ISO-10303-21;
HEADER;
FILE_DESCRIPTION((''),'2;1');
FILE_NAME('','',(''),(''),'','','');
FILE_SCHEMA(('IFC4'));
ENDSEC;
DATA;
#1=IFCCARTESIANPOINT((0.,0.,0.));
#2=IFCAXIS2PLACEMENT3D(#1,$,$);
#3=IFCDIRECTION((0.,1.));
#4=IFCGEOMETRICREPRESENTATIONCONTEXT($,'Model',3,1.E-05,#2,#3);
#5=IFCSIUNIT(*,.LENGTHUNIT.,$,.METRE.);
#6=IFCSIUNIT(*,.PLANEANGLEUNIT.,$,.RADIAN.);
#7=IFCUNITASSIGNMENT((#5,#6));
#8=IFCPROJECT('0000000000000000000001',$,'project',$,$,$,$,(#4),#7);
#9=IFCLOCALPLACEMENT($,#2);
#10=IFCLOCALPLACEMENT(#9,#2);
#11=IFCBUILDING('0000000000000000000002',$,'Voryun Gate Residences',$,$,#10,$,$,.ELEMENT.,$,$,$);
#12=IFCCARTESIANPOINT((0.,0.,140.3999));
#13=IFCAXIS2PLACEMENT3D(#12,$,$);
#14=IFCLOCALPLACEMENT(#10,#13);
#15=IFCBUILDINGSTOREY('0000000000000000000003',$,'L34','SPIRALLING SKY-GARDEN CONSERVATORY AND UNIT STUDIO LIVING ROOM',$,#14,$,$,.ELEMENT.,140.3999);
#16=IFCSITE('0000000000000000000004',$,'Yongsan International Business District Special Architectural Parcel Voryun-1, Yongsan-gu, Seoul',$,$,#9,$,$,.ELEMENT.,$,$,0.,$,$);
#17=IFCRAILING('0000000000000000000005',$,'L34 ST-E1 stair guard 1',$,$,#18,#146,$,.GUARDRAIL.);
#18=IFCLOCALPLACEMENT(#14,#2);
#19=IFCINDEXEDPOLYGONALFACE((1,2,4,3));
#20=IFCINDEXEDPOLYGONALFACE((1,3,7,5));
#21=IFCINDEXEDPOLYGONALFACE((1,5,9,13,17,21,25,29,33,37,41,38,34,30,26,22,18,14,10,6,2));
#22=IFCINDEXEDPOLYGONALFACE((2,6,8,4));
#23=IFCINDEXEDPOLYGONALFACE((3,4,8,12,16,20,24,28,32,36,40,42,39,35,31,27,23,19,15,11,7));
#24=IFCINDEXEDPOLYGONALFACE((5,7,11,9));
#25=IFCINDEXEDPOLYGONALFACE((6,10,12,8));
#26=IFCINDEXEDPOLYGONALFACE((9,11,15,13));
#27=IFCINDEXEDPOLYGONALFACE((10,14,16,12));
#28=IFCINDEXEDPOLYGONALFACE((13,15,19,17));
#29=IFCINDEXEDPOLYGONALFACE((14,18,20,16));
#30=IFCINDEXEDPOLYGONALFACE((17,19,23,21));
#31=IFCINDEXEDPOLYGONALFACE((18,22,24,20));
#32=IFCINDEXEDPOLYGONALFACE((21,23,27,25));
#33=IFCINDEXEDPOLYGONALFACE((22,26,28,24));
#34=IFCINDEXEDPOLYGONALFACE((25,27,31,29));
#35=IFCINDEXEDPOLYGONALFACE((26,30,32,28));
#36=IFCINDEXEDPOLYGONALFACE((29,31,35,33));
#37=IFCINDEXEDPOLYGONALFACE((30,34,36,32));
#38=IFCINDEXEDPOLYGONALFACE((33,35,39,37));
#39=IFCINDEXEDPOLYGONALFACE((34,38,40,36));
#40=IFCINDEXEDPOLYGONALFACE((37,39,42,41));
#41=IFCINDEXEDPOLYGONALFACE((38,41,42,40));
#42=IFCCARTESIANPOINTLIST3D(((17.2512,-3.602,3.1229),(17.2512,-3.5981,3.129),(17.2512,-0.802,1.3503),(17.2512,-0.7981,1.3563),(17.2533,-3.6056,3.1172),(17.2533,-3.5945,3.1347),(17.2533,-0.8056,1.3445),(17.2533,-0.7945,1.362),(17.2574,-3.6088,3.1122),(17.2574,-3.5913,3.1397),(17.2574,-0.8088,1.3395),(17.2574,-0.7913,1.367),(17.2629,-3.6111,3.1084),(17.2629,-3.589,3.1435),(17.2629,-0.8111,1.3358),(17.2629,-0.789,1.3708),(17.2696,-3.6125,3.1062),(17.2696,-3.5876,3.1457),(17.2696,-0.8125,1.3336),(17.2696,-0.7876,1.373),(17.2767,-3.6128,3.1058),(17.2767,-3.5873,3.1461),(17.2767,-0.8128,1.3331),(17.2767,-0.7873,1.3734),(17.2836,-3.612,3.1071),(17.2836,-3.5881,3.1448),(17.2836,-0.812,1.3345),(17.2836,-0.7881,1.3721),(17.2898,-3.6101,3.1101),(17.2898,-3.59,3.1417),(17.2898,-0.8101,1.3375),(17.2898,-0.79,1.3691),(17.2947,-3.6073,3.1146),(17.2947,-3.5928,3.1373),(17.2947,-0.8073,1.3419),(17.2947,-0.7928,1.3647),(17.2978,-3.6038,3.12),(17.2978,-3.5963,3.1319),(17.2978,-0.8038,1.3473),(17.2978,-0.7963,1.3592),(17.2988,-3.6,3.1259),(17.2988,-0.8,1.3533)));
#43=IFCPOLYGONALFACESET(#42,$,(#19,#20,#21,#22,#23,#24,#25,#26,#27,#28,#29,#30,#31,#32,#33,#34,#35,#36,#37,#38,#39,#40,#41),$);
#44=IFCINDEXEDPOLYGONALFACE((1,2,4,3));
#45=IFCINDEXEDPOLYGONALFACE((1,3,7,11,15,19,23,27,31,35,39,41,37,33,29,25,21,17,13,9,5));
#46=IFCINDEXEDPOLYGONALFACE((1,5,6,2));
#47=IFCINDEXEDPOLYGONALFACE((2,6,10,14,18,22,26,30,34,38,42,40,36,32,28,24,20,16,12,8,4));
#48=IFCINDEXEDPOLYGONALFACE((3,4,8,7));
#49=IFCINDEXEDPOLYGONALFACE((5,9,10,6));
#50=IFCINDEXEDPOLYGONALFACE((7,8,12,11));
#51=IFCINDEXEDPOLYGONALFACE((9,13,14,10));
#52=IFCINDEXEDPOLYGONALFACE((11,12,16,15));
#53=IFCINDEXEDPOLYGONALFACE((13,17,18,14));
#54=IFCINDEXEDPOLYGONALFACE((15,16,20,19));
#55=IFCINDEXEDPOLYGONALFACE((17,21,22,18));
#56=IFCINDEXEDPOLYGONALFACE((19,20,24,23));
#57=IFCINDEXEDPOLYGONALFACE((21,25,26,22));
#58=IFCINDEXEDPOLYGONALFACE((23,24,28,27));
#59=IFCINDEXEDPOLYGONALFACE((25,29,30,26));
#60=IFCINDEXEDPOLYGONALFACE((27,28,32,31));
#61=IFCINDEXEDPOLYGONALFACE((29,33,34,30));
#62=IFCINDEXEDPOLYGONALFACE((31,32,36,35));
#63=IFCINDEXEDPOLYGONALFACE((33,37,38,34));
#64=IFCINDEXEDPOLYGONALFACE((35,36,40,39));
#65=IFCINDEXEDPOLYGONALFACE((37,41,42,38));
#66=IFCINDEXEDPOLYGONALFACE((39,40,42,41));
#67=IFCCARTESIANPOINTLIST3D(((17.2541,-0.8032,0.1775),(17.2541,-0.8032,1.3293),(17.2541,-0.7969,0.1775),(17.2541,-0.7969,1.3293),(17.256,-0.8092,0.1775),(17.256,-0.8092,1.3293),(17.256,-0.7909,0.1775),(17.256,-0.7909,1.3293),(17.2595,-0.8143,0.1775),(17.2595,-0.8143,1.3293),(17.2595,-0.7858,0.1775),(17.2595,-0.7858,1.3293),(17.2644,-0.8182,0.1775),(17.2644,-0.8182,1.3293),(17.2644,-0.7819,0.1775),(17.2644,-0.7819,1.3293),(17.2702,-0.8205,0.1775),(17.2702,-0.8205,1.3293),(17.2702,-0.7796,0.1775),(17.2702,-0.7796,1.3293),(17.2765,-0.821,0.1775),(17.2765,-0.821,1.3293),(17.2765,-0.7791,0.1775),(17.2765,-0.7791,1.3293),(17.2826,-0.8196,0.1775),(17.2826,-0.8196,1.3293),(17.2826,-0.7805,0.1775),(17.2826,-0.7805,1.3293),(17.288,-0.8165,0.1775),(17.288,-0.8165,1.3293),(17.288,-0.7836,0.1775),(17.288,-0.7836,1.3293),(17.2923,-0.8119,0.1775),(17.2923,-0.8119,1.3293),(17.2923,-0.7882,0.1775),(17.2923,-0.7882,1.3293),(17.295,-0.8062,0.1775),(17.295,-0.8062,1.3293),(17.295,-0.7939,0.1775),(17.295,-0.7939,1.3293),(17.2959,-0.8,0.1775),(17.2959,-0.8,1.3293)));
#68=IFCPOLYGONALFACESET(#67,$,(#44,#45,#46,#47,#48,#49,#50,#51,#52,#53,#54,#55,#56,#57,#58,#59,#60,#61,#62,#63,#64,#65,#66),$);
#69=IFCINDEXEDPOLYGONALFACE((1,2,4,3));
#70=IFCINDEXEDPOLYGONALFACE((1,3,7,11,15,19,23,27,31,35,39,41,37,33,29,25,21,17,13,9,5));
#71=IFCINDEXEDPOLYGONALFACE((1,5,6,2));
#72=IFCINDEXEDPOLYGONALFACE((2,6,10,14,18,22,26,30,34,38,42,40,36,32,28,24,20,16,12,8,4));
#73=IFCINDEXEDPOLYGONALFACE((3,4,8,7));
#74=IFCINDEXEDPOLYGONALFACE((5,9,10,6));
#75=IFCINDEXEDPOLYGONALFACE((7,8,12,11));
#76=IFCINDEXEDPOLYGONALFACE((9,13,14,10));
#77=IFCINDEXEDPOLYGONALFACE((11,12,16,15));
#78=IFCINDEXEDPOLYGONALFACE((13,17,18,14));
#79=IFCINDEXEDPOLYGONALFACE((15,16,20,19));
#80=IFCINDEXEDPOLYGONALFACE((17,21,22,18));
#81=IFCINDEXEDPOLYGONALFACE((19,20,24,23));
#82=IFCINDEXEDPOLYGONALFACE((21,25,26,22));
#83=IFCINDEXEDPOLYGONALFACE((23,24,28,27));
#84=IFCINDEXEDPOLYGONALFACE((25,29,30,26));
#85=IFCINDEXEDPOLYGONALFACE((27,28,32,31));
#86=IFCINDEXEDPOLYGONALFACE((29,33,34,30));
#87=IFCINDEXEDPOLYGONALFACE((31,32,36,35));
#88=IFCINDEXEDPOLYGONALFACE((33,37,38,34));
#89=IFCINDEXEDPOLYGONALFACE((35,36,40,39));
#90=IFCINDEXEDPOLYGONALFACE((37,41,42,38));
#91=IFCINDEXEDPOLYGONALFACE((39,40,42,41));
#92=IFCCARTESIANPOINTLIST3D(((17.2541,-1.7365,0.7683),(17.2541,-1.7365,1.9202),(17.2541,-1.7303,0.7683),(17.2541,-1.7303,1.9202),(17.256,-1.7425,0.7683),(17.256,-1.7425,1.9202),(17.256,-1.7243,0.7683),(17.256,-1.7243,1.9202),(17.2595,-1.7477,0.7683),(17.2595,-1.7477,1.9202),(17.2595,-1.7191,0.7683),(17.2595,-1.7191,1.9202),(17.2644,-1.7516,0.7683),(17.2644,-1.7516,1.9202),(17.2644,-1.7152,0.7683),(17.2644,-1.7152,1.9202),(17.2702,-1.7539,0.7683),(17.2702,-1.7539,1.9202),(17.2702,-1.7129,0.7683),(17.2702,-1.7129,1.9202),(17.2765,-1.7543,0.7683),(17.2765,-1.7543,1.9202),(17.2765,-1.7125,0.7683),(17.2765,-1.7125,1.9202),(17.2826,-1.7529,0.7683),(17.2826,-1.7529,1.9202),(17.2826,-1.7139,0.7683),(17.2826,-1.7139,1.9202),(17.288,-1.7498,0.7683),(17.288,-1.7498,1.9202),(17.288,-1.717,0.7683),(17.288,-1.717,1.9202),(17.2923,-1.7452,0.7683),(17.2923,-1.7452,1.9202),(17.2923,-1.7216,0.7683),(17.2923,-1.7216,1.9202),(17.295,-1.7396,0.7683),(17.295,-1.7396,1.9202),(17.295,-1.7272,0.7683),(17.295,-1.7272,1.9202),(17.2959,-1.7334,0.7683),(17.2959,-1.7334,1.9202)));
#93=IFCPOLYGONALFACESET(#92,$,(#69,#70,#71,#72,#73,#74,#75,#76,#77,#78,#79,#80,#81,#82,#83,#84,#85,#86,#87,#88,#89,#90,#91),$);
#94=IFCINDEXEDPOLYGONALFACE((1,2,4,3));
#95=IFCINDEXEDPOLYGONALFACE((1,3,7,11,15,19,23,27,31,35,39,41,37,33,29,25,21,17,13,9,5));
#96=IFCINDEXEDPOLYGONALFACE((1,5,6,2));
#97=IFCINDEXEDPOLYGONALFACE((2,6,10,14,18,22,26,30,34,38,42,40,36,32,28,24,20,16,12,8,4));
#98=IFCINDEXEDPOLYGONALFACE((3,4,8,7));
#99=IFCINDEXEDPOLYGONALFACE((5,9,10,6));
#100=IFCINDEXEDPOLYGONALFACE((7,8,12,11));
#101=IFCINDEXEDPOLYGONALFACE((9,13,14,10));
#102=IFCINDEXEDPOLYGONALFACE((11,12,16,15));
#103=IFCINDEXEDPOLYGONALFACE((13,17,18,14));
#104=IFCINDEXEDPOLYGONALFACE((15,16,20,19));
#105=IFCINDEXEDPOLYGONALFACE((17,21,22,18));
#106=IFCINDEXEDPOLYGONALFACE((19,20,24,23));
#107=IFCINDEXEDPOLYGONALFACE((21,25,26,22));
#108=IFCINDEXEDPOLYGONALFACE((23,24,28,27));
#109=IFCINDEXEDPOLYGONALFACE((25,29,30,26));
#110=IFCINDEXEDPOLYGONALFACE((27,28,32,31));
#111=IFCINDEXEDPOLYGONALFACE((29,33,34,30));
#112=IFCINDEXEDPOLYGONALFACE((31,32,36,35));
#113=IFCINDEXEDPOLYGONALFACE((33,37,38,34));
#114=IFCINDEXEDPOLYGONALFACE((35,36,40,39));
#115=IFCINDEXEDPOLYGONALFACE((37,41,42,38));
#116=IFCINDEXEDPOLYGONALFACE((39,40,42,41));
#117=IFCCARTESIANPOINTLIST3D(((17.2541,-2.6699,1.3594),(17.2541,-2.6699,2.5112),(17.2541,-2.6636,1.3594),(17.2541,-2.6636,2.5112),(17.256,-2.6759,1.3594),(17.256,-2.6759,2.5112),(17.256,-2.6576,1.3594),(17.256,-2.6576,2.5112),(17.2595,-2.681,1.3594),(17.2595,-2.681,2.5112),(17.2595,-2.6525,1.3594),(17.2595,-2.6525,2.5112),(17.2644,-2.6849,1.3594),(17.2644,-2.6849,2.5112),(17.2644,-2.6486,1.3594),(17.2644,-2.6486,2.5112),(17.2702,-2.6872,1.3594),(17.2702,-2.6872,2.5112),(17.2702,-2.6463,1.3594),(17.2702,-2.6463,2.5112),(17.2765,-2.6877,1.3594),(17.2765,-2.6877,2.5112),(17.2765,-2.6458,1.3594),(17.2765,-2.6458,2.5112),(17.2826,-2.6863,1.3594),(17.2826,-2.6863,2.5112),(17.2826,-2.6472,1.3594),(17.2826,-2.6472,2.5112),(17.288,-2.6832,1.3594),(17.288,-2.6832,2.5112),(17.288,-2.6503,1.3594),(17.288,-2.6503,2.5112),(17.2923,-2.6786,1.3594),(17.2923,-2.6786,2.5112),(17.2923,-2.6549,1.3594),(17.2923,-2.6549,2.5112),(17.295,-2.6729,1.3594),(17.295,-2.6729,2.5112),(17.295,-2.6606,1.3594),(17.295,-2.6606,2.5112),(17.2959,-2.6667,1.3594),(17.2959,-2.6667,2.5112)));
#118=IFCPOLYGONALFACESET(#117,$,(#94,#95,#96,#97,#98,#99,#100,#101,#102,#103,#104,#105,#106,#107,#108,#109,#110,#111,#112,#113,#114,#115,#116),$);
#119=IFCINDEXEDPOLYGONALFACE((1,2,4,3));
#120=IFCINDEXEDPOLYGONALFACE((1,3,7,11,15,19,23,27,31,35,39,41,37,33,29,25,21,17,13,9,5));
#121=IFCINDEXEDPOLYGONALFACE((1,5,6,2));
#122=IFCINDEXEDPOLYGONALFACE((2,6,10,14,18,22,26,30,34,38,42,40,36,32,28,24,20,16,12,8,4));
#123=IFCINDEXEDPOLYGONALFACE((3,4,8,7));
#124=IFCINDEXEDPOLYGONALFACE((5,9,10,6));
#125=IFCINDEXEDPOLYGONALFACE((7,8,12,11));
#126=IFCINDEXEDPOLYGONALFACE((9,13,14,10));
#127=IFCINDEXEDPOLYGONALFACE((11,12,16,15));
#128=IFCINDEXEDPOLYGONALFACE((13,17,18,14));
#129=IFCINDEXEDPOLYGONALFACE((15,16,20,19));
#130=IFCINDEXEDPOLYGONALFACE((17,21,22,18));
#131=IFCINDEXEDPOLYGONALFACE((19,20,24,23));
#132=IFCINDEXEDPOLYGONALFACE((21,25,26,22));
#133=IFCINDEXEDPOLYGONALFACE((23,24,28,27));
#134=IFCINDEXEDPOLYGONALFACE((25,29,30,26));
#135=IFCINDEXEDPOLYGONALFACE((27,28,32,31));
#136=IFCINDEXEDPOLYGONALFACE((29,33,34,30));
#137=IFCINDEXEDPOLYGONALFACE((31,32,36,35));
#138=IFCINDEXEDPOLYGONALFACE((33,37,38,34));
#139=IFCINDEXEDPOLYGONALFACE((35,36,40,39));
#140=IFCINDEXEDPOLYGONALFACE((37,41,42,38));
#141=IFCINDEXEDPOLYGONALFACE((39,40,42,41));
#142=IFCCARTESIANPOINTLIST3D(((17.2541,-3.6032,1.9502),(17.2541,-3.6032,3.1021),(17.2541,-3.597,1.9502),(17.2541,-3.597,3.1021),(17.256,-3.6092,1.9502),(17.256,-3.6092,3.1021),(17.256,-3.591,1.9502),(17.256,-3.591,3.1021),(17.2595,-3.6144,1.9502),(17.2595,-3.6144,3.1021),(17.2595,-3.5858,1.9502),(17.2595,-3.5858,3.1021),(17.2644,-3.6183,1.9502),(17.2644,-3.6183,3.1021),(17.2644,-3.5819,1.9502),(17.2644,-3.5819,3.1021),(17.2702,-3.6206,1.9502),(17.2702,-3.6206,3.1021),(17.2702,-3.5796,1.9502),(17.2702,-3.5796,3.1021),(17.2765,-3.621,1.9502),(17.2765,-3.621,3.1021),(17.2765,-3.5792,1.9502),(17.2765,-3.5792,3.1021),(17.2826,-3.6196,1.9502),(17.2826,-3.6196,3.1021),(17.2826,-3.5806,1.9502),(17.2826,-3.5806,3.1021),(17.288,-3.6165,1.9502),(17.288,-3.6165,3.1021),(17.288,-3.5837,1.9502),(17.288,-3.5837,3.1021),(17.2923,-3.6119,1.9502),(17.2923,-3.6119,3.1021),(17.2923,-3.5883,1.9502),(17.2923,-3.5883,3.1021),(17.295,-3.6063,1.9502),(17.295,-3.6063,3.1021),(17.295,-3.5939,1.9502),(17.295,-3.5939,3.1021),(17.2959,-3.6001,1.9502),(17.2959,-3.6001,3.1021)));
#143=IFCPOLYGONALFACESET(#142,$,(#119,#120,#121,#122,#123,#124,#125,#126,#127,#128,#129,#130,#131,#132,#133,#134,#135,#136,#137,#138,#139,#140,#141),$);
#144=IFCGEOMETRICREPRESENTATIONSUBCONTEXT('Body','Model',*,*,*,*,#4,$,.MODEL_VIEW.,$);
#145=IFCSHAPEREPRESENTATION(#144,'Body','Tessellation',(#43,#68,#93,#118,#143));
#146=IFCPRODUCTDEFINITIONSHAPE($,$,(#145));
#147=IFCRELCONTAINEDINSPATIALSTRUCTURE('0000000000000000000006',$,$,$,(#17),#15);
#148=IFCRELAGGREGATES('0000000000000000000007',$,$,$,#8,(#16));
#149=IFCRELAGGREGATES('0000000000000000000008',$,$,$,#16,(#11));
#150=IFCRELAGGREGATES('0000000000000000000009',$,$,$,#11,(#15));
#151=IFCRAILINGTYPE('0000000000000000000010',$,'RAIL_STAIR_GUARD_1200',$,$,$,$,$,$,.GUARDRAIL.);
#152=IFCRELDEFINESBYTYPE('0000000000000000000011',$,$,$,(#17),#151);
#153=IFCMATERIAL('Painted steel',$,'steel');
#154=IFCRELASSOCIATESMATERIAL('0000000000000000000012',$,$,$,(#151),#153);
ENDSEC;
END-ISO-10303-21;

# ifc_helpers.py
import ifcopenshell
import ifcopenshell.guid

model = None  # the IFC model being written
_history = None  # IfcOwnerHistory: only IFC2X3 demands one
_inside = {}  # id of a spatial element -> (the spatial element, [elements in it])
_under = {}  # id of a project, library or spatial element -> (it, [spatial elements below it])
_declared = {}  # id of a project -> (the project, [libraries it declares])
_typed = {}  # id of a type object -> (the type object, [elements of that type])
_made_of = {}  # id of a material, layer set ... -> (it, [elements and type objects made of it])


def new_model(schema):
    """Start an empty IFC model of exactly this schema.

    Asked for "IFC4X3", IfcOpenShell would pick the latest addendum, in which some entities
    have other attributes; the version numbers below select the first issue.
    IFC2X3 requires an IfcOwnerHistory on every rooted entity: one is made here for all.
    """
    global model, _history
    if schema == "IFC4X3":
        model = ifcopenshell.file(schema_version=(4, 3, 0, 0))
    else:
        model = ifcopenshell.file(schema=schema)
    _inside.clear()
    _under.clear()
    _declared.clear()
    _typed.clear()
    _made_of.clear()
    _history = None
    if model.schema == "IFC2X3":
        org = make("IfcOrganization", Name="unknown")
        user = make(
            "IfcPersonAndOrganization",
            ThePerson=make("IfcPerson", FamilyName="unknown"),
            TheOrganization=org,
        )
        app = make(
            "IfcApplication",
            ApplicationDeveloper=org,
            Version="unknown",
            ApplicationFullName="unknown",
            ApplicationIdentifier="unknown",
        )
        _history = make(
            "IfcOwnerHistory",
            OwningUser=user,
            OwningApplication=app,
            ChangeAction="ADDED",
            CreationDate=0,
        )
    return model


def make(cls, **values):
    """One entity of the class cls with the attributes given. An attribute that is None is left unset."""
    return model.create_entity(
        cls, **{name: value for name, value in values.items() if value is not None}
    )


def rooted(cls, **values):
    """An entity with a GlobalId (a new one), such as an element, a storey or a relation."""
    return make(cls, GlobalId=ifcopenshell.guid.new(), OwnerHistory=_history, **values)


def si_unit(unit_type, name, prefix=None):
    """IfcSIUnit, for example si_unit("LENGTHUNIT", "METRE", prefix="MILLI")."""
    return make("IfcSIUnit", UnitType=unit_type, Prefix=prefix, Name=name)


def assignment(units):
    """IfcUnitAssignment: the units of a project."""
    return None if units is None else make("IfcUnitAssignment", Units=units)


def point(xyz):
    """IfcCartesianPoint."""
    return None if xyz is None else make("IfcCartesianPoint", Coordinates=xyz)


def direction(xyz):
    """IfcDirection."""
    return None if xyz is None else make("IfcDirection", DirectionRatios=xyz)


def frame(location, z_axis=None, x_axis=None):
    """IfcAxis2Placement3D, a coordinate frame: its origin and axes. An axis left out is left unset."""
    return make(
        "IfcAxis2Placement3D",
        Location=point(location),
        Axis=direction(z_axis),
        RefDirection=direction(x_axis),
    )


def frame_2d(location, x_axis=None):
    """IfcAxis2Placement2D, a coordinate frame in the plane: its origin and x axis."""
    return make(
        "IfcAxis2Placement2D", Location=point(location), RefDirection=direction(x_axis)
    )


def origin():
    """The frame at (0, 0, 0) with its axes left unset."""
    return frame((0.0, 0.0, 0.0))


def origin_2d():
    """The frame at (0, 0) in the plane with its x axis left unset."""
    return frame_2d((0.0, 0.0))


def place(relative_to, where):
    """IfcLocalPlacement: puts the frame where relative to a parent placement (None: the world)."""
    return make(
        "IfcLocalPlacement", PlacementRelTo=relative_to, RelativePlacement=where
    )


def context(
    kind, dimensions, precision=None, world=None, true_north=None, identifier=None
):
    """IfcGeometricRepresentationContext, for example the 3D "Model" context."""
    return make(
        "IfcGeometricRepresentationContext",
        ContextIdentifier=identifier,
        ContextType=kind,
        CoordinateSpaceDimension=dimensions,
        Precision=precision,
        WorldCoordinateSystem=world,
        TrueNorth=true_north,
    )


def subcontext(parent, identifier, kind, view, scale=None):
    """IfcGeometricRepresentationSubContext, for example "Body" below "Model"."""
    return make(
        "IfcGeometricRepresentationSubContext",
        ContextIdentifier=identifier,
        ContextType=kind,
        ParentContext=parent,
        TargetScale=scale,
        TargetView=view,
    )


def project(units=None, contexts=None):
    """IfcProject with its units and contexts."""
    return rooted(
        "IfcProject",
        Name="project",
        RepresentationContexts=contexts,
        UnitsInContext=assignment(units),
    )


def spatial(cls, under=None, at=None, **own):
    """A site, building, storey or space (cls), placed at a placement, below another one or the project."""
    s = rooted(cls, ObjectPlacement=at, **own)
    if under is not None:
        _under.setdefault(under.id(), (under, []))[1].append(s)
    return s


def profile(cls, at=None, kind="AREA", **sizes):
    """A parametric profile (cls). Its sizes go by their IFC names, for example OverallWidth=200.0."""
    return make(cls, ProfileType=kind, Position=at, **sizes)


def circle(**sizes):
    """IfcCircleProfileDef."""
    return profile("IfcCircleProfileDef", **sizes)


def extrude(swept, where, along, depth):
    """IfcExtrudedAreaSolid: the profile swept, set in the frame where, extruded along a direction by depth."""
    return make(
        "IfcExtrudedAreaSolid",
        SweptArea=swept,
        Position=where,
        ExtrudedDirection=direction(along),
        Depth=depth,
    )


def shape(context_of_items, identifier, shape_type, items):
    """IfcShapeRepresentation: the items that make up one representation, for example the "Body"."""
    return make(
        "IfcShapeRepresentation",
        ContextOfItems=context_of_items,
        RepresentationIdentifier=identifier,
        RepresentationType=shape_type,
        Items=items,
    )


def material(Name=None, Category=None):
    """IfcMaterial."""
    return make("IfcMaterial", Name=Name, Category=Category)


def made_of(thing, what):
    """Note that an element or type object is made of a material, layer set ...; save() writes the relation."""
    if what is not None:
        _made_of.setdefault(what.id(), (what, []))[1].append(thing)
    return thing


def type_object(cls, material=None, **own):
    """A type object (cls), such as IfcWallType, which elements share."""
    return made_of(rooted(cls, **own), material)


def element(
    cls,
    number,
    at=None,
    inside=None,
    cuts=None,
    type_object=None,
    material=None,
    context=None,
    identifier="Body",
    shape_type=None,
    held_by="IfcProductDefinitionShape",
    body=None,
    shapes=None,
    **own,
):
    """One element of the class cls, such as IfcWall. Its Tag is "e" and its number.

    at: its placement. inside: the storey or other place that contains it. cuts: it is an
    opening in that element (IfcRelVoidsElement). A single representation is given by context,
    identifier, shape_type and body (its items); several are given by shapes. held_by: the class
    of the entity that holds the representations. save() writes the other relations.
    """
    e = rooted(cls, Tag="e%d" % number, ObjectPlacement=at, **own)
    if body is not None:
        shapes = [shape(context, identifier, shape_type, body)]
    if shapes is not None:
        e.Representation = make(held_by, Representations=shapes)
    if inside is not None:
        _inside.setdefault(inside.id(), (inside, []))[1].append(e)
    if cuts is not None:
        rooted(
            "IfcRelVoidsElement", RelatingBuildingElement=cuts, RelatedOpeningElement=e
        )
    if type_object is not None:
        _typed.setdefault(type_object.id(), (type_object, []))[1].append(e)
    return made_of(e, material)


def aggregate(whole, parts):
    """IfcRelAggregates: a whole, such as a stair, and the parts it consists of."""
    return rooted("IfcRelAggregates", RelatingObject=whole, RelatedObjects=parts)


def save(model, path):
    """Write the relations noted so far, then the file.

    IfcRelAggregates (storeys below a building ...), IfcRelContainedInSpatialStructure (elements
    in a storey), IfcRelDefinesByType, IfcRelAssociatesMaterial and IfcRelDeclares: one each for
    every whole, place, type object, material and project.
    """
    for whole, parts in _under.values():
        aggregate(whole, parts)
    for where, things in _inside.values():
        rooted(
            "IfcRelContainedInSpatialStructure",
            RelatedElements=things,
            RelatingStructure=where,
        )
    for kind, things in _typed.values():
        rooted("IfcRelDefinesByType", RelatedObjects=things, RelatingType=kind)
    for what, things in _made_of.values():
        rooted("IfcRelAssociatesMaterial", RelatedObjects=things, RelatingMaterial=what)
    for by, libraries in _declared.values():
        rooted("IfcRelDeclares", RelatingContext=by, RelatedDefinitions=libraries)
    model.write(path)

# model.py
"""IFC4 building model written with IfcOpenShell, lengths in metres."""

from ifc_helpers import new_model, si_unit, direction, frame, origin, origin_2d, place, context, subcontext, project, spatial, circle, extrude, material, type_object, element, save


model = new_model("IFC4")

# Units and contexts
model_context = context("Model", 3, precision=1e-05, world=origin(), true_north=direction((0.0, 1.0)))
body_context = subcontext(model_context, "Body", "Model", "MODEL_VIEW")
ifc_project = project(units=[si_unit("LENGTHUNIT", "METRE"), si_unit("PLANEANGLEUNIT", "RADIAN")], contexts=[model_context])

# Site, building, storey
site_placement = place(None, origin())
site = spatial("IfcSite", under=ifc_project, at=site_placement, Name="Yongsan International Business District Special Architectural Parcel Voryun-1, Yongsan-gu, Seoul", CompositionType="ELEMENT", RefElevation=0.0)
building_placement = place(site_placement, origin())
building = spatial("IfcBuilding", under=site, at=building_placement, Name="Voryun Gate Residences", CompositionType="ELEMENT")
storey_placement = place(building_placement, frame((0.0, 0.0, 140.3999)))
storey = spatial("IfcBuildingStorey", under=building, at=storey_placement, Name="L34", Description="SPIRALLING SKY-GARDEN CONSERVATORY AND UNIT STUDIO LIVING ROOM", CompositionType="ELEMENT", Elevation=140.3999)

# Railing
ifc_material_1 = material(Name="Painted steel", Category="steel")
railing_type_1 = type_object("IfcRailingType", Name="RAIL_STAIR_GUARD_1200", PredefinedType="GUARDRAIL", material=ifc_material_1)
railing_1_placement = place(storey_placement, frame((17.2749, -0.8, 0.1775)))
element("IfcRailing", 1, at=railing_1_placement, inside=storey, type_object=railing_type_1, Name="L34 ST-E1 stair guard 1", PredefinedType="GUARDRAIL", context=body_context, shape_type="SweptSolid", body=[
    extrude(circle(Radius=0.0239, at=origin_2d()), frame((0.0, 0.0, 1.1758), z_axis=(0.0, -0.844909, 0.53491), x_axis=(1.0, 0.0, 0.0)), (0.0, 0.0, 1.0), 3.314),
    extrude(circle(Radius=0.021, at=origin_2d()), origin(), (0.0, 0.0, 1.0), 1.1519),
    extrude(circle(Radius=0.021, at=origin_2d()), frame((0.0, -0.9333, 0.5908)), (0.0, 0.0, 1.0), 1.1519),
    extrude(circle(Radius=0.021, at=origin_2d()), frame((0.0, -1.8667, 1.1819)), (0.0, 0.0, 1.0), 1.1519),
    extrude(circle(Radius=0.021, at=origin_2d()), frame((0.0, -2.8, 1.7727)), (0.0, 0.0, 1.0), 1.1519),
])

save(model, "model.ifc")
